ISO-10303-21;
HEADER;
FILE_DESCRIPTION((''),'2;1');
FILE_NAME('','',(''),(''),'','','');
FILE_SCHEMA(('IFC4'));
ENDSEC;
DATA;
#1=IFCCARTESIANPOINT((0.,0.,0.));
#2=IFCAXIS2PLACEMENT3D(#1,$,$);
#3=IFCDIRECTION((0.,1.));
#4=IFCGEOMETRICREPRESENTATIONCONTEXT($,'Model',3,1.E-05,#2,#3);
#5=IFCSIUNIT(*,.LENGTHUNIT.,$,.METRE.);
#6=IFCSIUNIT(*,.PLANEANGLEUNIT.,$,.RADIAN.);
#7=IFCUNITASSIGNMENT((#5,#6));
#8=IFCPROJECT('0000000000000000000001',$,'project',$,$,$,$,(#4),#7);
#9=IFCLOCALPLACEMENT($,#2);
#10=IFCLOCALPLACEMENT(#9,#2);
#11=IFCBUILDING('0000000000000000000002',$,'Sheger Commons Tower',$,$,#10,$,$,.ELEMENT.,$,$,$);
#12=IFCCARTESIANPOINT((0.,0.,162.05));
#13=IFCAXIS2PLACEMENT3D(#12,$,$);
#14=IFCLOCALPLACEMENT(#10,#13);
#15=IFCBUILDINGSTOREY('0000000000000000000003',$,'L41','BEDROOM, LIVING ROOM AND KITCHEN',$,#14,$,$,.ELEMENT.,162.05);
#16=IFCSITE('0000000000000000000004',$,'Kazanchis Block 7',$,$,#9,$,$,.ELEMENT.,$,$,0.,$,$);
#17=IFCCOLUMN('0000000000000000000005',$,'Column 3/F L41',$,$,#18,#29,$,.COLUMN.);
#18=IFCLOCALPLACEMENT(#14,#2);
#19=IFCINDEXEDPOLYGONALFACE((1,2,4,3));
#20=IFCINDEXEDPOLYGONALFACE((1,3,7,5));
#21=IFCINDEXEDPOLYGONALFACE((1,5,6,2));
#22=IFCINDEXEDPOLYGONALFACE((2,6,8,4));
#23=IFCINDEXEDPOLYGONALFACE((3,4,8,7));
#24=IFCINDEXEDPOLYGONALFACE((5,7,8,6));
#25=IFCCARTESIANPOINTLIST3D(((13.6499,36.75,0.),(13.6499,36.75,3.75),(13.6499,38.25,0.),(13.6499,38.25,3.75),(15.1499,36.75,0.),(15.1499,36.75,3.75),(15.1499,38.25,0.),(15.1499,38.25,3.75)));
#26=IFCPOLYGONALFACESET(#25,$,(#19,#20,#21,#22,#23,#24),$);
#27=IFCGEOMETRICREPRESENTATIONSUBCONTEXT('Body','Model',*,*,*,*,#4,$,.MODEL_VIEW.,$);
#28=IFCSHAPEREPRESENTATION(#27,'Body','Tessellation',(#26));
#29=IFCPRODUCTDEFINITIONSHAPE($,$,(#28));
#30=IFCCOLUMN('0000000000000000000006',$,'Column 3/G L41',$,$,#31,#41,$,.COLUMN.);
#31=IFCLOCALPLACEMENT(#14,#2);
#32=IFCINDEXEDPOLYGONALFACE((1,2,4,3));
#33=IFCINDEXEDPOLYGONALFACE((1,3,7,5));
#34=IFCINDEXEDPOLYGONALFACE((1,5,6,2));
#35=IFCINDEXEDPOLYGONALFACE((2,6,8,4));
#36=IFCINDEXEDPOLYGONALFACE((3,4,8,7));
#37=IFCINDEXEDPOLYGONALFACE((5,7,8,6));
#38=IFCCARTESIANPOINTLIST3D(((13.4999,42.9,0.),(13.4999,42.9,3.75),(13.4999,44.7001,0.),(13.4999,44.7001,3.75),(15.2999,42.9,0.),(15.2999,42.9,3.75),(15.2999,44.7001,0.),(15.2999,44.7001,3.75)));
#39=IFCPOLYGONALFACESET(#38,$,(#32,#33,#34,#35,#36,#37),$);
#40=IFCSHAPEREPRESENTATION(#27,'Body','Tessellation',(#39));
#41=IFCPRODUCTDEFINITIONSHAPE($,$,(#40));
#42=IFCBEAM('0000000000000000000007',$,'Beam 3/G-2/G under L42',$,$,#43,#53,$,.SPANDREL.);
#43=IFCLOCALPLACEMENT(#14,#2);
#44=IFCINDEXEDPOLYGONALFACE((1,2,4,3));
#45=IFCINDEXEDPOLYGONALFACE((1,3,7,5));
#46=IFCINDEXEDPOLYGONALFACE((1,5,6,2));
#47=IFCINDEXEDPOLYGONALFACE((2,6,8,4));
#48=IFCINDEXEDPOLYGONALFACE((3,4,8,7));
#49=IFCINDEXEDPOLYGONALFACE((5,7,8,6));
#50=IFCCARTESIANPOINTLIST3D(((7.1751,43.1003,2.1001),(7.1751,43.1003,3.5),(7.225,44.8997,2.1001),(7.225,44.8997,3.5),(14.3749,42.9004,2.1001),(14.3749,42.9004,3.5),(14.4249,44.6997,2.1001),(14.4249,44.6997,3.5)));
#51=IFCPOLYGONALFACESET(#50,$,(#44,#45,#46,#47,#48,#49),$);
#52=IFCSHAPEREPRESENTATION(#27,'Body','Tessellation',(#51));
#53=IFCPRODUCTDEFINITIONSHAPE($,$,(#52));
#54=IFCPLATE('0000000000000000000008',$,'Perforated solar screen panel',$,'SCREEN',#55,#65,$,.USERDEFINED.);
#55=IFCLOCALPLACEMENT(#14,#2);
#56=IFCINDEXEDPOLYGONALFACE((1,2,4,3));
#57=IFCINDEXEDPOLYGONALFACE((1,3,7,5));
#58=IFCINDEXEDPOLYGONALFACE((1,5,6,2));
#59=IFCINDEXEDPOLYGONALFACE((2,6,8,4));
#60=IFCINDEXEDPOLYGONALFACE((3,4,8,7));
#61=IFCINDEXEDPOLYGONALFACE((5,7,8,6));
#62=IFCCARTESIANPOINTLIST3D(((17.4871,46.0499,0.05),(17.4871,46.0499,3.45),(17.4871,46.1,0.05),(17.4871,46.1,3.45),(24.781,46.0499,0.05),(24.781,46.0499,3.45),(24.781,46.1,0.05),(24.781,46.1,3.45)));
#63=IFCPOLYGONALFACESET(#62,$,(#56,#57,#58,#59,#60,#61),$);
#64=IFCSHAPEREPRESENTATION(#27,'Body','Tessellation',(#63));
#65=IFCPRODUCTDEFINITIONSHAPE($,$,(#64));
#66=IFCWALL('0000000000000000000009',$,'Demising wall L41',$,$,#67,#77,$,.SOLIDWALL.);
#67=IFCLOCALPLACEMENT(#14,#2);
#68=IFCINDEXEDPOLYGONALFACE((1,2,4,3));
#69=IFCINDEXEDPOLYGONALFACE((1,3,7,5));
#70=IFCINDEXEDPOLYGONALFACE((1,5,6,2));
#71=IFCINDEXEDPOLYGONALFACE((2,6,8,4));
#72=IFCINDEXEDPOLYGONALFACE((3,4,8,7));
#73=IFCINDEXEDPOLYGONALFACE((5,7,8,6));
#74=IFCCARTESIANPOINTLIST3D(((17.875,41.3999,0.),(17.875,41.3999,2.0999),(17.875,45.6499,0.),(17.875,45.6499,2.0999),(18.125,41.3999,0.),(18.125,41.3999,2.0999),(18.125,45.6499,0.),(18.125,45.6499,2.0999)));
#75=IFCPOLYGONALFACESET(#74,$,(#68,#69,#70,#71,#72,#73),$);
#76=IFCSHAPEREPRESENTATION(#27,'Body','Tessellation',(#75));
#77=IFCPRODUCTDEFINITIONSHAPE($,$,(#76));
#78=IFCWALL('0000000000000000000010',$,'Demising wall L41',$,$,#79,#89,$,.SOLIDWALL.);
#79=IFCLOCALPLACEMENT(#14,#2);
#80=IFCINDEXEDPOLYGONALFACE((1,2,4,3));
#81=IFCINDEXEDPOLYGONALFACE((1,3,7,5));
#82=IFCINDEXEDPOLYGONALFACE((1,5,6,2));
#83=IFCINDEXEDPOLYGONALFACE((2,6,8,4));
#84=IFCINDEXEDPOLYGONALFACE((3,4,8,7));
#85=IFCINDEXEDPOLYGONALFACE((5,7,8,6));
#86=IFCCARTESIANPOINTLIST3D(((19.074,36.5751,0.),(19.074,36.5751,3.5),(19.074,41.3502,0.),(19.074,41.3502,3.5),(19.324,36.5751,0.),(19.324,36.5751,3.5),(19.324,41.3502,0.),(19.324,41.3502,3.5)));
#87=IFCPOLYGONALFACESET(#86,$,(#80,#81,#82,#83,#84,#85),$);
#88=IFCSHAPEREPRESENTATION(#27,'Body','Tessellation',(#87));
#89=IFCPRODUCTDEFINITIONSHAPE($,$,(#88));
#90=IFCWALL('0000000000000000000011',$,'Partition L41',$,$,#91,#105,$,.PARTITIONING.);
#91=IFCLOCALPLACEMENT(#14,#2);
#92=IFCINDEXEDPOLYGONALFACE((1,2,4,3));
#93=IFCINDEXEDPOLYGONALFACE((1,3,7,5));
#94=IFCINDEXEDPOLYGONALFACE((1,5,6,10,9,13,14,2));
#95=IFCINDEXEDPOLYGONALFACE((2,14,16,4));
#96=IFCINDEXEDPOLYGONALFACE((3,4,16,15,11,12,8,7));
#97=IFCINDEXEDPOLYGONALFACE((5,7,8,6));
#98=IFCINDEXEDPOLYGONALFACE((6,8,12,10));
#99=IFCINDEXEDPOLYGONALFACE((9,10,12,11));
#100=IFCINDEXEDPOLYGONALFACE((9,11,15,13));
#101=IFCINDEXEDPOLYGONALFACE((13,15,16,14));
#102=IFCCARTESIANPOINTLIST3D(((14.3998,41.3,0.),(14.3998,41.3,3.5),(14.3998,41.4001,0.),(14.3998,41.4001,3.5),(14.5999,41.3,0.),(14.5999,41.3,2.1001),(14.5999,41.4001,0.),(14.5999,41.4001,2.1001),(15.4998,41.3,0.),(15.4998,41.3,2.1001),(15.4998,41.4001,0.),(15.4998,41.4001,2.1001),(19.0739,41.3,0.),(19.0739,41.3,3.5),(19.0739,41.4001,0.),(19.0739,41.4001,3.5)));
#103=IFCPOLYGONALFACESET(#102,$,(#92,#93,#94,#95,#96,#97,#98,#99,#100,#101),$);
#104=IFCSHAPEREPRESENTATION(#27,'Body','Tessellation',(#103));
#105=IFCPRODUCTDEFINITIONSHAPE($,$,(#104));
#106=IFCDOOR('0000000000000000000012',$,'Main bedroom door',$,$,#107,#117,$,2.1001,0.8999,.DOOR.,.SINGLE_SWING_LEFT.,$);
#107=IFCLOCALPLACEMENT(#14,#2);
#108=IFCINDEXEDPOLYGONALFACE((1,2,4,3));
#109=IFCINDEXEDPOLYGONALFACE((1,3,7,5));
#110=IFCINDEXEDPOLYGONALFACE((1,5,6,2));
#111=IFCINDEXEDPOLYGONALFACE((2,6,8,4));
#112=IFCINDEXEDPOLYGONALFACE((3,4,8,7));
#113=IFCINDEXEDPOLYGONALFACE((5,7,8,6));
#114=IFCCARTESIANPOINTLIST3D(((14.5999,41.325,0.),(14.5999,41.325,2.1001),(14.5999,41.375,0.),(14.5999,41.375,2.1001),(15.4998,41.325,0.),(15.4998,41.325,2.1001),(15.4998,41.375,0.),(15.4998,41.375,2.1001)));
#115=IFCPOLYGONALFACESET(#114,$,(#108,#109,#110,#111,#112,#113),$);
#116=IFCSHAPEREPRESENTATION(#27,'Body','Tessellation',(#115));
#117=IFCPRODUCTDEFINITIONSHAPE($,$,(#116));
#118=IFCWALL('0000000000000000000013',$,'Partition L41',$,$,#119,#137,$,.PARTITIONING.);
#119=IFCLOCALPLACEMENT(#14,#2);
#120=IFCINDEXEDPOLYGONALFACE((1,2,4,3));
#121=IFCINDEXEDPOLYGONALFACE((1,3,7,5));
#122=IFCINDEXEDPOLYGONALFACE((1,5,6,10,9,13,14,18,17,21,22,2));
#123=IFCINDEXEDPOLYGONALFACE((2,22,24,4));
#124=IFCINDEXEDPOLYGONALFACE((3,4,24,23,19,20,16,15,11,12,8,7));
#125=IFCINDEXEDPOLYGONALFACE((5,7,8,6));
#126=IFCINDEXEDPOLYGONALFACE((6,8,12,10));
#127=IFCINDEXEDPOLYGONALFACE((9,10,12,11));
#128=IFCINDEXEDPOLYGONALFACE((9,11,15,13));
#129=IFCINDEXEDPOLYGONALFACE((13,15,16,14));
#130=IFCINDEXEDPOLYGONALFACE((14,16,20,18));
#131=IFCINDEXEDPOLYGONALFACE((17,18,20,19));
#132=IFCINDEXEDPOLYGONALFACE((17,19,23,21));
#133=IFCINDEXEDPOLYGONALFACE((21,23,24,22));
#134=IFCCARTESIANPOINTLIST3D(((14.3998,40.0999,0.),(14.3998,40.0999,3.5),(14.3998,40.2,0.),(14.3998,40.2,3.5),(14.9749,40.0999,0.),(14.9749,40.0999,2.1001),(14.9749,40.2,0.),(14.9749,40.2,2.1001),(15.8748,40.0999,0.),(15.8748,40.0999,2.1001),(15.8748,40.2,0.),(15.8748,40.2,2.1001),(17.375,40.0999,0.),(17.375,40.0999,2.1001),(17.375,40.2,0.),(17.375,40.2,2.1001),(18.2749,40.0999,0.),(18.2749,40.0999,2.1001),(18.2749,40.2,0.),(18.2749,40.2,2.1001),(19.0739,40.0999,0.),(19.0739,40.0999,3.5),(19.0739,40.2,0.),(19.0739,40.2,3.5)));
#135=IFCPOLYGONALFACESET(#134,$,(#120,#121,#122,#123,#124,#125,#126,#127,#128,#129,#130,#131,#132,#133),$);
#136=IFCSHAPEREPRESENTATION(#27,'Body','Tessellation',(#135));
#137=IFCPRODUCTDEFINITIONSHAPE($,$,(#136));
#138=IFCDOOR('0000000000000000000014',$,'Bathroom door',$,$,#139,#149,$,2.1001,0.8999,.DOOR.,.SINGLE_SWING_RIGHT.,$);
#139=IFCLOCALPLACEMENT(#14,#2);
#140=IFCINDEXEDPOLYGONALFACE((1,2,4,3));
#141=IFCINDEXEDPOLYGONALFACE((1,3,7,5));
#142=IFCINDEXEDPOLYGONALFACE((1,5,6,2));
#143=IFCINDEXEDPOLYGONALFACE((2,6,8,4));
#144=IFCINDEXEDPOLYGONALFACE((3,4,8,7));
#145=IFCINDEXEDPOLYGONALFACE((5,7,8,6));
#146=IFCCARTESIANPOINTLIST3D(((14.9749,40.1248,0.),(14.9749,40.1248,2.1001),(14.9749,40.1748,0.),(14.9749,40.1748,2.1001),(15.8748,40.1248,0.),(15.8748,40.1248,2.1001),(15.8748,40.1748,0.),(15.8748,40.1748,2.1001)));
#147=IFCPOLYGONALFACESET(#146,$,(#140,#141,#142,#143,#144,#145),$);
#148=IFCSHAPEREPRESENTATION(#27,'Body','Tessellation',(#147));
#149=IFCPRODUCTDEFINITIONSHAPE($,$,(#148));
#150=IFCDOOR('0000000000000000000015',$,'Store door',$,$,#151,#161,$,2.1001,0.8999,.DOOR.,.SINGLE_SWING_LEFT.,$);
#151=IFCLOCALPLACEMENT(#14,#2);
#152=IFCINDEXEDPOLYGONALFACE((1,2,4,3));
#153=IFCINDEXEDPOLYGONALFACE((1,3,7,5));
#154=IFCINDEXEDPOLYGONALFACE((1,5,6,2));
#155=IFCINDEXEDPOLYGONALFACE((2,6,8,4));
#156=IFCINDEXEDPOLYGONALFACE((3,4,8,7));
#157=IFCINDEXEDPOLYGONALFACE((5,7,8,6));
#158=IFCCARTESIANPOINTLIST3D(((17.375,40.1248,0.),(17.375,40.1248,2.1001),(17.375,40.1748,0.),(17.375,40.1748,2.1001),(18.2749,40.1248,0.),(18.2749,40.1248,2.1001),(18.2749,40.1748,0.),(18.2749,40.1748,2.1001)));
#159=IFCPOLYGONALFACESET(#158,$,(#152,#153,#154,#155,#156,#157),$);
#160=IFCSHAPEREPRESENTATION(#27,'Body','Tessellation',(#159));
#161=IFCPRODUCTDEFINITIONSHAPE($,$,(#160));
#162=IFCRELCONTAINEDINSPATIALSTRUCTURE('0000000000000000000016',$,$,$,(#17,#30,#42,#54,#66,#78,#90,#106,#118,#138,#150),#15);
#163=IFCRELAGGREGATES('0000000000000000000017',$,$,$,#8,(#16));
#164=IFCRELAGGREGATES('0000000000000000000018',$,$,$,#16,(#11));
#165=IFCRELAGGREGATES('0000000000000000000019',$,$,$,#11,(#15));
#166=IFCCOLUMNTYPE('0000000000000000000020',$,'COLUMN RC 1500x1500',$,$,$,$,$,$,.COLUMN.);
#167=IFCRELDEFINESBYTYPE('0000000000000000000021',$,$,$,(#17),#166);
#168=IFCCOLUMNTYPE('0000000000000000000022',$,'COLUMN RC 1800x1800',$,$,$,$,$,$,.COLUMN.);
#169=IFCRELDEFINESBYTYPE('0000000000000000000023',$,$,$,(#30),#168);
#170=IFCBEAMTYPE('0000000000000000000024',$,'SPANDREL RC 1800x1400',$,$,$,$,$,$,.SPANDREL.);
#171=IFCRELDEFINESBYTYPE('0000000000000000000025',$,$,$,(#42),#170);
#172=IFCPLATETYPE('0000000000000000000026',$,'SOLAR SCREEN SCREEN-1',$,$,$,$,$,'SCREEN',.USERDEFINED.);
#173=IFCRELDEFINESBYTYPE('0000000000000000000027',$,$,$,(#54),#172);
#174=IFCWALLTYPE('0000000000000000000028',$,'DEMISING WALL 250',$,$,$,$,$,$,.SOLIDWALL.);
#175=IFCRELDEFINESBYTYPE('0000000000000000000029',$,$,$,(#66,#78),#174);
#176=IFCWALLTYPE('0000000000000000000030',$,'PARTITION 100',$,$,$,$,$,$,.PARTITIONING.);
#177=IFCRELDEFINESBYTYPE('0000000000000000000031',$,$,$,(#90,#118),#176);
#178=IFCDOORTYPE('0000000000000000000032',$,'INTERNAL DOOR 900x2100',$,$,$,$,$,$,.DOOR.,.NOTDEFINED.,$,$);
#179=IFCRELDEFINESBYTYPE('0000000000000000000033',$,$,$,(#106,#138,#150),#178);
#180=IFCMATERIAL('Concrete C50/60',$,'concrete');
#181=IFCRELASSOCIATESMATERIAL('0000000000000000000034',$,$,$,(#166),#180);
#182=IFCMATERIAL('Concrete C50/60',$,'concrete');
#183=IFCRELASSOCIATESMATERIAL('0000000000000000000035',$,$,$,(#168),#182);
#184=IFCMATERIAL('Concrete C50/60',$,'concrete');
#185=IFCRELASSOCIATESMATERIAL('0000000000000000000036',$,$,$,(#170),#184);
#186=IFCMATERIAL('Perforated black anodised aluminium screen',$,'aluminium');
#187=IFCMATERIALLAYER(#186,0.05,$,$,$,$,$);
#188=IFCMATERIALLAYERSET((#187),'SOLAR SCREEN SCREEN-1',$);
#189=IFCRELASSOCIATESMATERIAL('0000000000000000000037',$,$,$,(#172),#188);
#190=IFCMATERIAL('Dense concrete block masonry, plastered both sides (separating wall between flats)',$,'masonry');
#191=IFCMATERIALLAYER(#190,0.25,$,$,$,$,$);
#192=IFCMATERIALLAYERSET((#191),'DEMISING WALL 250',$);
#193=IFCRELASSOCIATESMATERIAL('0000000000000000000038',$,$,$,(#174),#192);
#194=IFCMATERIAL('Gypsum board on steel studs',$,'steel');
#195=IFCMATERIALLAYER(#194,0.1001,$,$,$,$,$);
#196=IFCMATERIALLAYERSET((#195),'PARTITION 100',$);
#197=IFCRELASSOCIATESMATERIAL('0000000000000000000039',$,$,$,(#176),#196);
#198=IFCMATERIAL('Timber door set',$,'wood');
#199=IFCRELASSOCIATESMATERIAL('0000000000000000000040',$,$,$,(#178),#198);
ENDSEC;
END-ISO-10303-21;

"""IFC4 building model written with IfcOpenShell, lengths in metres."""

from ifc_helpers import new_model, si_unit, direction, frame, frame_2d, origin, origin_2d, place, context, subcontext, project, spatial, rectangle, extrude, material, layer, layer_set, material_profile, profile_set, type_object, element, fill, save


model = new_model("IFC4")

# Units and contexts
model_context = context("Model", 3, precision=1e-05, world=origin(), true_north=direction((0.0, 1.0)))
body_context = subcontext(model_context, "Body", "Model", "MODEL_VIEW")
ifc_project = project(units=[si_unit("LENGTHUNIT", "METRE"), si_unit("PLANEANGLEUNIT", "RADIAN")], contexts=[model_context])

# Site, building, storey
site_placement = place(None, origin())
site = spatial("IfcSite", under=ifc_project, at=site_placement, Name="Kazanchis Block 7", CompositionType="ELEMENT", RefElevation=0.0)
building_placement = place(site_placement, origin())
building = spatial("IfcBuilding", under=site, at=building_placement, Name="Sheger Commons Tower", CompositionType="ELEMENT")
storey_placement = place(building_placement, frame((0.0, 0.0, 162.05)))
storey = spatial("IfcBuildingStorey", under=building, at=storey_placement, Name="L41", Description="BEDROOM, LIVING ROOM AND KITCHEN", CompositionType="ELEMENT", Elevation=162.05)

# Columns
ifc_material_1 = material(Name="Concrete C50/60", Category="concrete")
ifc_material_profile_1 = material_profile(ifc_material_1, rectangle(XDim=1.5, YDim=1.5, at=origin_2d()), Name="RC 1500x1500")
ifc_profile_set_1 = profile_set([ifc_material_profile_1], Name="Concrete C50/60")
column_type_1 = type_object("IfcColumnType", Name="COLUMN RC 1500x1500", PredefinedType="COLUMN", material=ifc_profile_set_1)
column_1_placement = place(storey_placement, frame((14.3999, 37.5, 0.0), z_axis=(0.0, 0.0, 1.0), x_axis=(1.0, 0.0, 0.0)))
element("IfcColumn", 1, at=column_1_placement, inside=storey, type_object=column_type_1, Name="Column 3/F L41", PredefinedType="COLUMN", context=body_context, shape_type="SweptSolid", body=[
    extrude(rectangle(XDim=1.5, YDim=1.5, at=origin_2d()), origin(), (0.0, 0.0, 1.0), 3.75),
])
ifc_material_2 = material(Name="Concrete C50/60", Category="concrete")
ifc_material_profile_2 = material_profile(ifc_material_2, rectangle(XDim=1.8, YDim=1.8, at=origin_2d()), Name="RC 1800x1800")
ifc_profile_set_2 = profile_set([ifc_material_profile_2], Name="Concrete C50/60")
column_type_2 = type_object("IfcColumnType", Name="COLUMN RC 1800x1800", PredefinedType="COLUMN", material=ifc_profile_set_2)
column_2_placement = place(storey_placement, frame((14.3999, 43.8, 0.0), z_axis=(0.0, 0.0, 1.0), x_axis=(1.0, 0.0, 0.0)))
element("IfcColumn", 2, at=column_2_placement, inside=storey, type_object=column_type_2, Name="Column 3/G L41", PredefinedType="COLUMN", context=body_context, shape_type="SweptSolid", body=[
    extrude(rectangle(XDim=1.8, YDim=1.8, at=origin_2d()), origin(), (0.0, 0.0, 1.0), 3.75),
])

# Beam
ifc_material_3 = material(Name="Concrete C50/60", Category="concrete")
ifc_material_profile_3 = material_profile(ifc_material_3, rectangle(XDim=1.8, YDim=1.3999, at=origin_2d()), Name="RC 1800x1400")
ifc_profile_set_3 = profile_set([ifc_material_profile_3], Name="Concrete C50/60")
beam_type = type_object("IfcBeamType", Name="SPANDREL RC 1800x1400", PredefinedType="SPANDREL", material=ifc_profile_set_3)
beam_placement = place(storey_placement, frame((14.3999, 43.8, 2.8), z_axis=(-0.999615, 0.02776, 0.0), x_axis=(-0.02776, -0.999615, 0.0)))
element("IfcBeam", 3, at=beam_placement, inside=storey, type_object=beam_type, Name="Beam 3/G-2/G under L42", PredefinedType="SPANDREL", context=body_context, shape_type="SweptSolid", body=[
    extrude(rectangle(XDim=1.8, YDim=1.3999, at=origin_2d()), origin(), (0.0, 0.0, 1.0), 7.2026),
])

# Plate
ifc_material_4 = material(Name="Perforated black anodised aluminium screen", Category="aluminium")
ifc_layer_1 = layer(ifc_material_4, 0.05)
ifc_layer_set_1 = layer_set([ifc_layer_1], Name="SOLAR SCREEN SCREEN-1")
plate_type = type_object("IfcPlateType", Name="SOLAR SCREEN SCREEN-1", ElementType="SCREEN", PredefinedType="USERDEFINED", material=ifc_layer_set_1)
plate_placement = place(storey_placement, frame((21.134, 46.075, 0.05), z_axis=(0.0, 0.0, 1.0), x_axis=(-1.0, 0.0, 0.0)))
element("IfcPlate", 4, at=plate_placement, inside=storey, type_object=plate_type, Name="Perforated solar screen panel", ObjectType="SCREEN", PredefinedType="USERDEFINED", context=body_context, shape_type="SweptSolid", body=[
    extrude(rectangle(XDim=7.2939, YDim=0.05, at=origin_2d()), origin(), (0.0, 0.0, 1.0), 3.3999),
])

# Walls
ifc_material_5 = material(Name="Dense concrete block masonry, plastered both sides (separating wall between flats)", Category="masonry")
ifc_layer_2 = layer(ifc_material_5, 0.25)
ifc_layer_set_2 = layer_set([ifc_layer_2], Name="DEMISING WALL 250")
wall_type_1 = type_object("IfcWallType", Name="DEMISING WALL 250", PredefinedType="SOLIDWALL", material=ifc_layer_set_2)
wall_1_placement = place(storey_placement, frame((18.0, 41.3999, 0.0), z_axis=(0.0, 0.0, 1.0), x_axis=(0.0, 1.0, 0.0)))
element("IfcWall", 5, at=wall_1_placement, inside=storey, type_object=wall_type_1, Name="Demising wall L41", PredefinedType="SOLIDWALL", context=body_context, shape_type="SweptSolid", body=[
    extrude(rectangle(XDim=4.25, YDim=0.25, at=frame_2d((2.125, 0.0))), origin(), (0.0, 0.0, 1.0), 2.0999),
])
wall_2_placement = place(storey_placement, frame((19.199, 36.575, 0.0), z_axis=(0.0, 0.0, 1.0), x_axis=(0.0, 1.0, 0.0)))
element("IfcWall", 6, at=wall_2_placement, inside=storey, type_object=wall_type_1, Name="Demising wall L41", PredefinedType="SOLIDWALL", context=body_context, shape_type="SweptSolid", body=[
    extrude(rectangle(XDim=4.7751, YDim=0.25, at=frame_2d((2.3877, 0.0))), origin(), (0.0, 0.0, 1.0), 3.5),
])

# Wall, opening, door
ifc_material_6 = material(Name="Gypsum board on steel studs", Category="steel")
ifc_layer_3 = layer(ifc_material_6, 0.1001)
ifc_layer_set_3 = layer_set([ifc_layer_3], Name="PARTITION 100")
wall_type_2 = type_object("IfcWallType", Name="PARTITION 100", PredefinedType="PARTITIONING", material=ifc_layer_set_3)
wall_3_placement = place(storey_placement, frame((14.3999, 41.3501, 0.0), z_axis=(0.0, 0.0, 1.0), x_axis=(1.0, 0.0, 0.0)))
wall_3 = element("IfcWall", 7, at=wall_3_placement, inside=storey, type_object=wall_type_2, Name="Partition L41", PredefinedType="PARTITIONING", context=body_context, shape_type="SweptSolid", body=[
    extrude(rectangle(XDim=4.6741, YDim=0.1001, at=frame_2d((2.3369, 0.0))), origin(), (0.0, 0.0, 1.0), 3.5),
])
opening_1_placement = place(wall_3_placement, frame((0.2, 0.0, 0.0)))
opening_1 = element("IfcOpeningElement", 8, at=opening_1_placement, cuts=wall_3, PredefinedType="OPENING", context=body_context, shape_type="SweptSolid", body=[
    extrude(rectangle(XDim=0.8999, YDim=2.1001, at=frame_2d((0.45, 1.05))), frame((0.0, 0.0601, 0.0), z_axis=(0.0, -1.0, 0.0), x_axis=(1.0, 0.0, 0.0)), (0.0, 0.0, 1.0), 0.1201),
])
ifc_material_7 = material(Name="Timber door set", Category="wood")
door_type = type_object("IfcDoorType", Name="INTERNAL DOOR 900x2100", OperationType="NOTDEFINED", PredefinedType="DOOR", material=ifc_material_7)
door_1_placement = place(opening_1_placement, origin())
door_1 = element("IfcDoor", 9, at=door_1_placement, inside=storey, type_object=door_type, Name="Main bedroom door", OperationType="SINGLE_SWING_LEFT", OverallHeight=2.1001, OverallWidth=0.8999, PredefinedType="DOOR", context=body_context, shape_type="SweptSolid", body=[
    extrude(rectangle(XDim=0.8999, YDim=2.1001, at=frame_2d((0.45, 1.05))), frame((0.0, 0.0249, 0.0), z_axis=(0.0, -1.0, 0.0), x_axis=(1.0, 0.0, 0.0)), (0.0, 0.0, 1.0), 0.05),
])
fill(opening_1, door_1)

# Wall, openings, doors
wall_4_placement = place(storey_placement, frame((14.3999, 40.1499, 0.0), z_axis=(0.0, 0.0, 1.0), x_axis=(1.0, 0.0, 0.0)))
wall_4 = element("IfcWall", 10, at=wall_4_placement, inside=storey, type_object=wall_type_2, Name="Partition L41", PredefinedType="PARTITIONING", context=body_context, shape_type="SweptSolid", body=[
    extrude(rectangle(XDim=4.6741, YDim=0.1001, at=frame_2d((2.3369, 0.0))), origin(), (0.0, 0.0, 1.0), 3.5),
])
opening_2_placement = place(wall_4_placement, frame((0.575, 0.0, 0.0)))
opening_2 = element("IfcOpeningElement", 11, at=opening_2_placement, cuts=wall_4, PredefinedType="OPENING", context=body_context, shape_type="SweptSolid", body=[
    extrude(rectangle(XDim=0.8999, YDim=2.1001, at=frame_2d((0.45, 1.05))), frame((0.0, 0.0601, 0.0), z_axis=(0.0, -1.0, 0.0), x_axis=(1.0, 0.0, 0.0)), (0.0, 0.0, 1.0), 0.1201),
])
opening_3_placement = place(wall_4_placement, frame((2.9751, 0.0, 0.0)))
opening_3 = element("IfcOpeningElement", 12, at=opening_3_placement, cuts=wall_4, PredefinedType="OPENING", context=body_context, shape_type="SweptSolid", body=[
    extrude(rectangle(XDim=0.8999, YDim=2.1001, at=frame_2d((0.45, 1.05))), frame((0.0, 0.0601, 0.0), z_axis=(0.0, -1.0, 0.0), x_axis=(1.0, 0.0, 0.0)), (0.0, 0.0, 1.0), 0.1201),
])
door_2_placement = place(opening_2_placement, origin())
door_2 = element("IfcDoor", 13, at=door_2_placement, inside=storey, type_object=door_type, Name="Bathroom door", OperationType="SINGLE_SWING_RIGHT", OverallHeight=2.1001, OverallWidth=0.8999, PredefinedType="DOOR", context=body_context, shape_type="SweptSolid", body=[
    extrude(rectangle(XDim=0.8999, YDim=2.1001, at=frame_2d((0.45, 1.05))), frame((0.0, 0.0249, 0.0), z_axis=(0.0, -1.0, 0.0), x_axis=(1.0, 0.0, 0.0)), (0.0, 0.0, 1.0), 0.05),
])
fill(opening_2, door_2)
door_3_placement = place(opening_3_placement, origin())
door_3 = element("IfcDoor", 14, at=door_3_placement, inside=storey, type_object=door_type, Name="Store door", OperationType="SINGLE_SWING_LEFT", OverallHeight=2.1001, OverallWidth=0.8999, PredefinedType="DOOR", context=body_context, shape_type="SweptSolid", body=[
    extrude(rectangle(XDim=0.8999, YDim=2.1001, at=frame_2d((0.45, 1.05))), frame((0.0, 0.0249, 0.0), z_axis=(0.0, -1.0, 0.0), x_axis=(1.0, 0.0, 0.0)), (0.0, 0.0, 1.0), 0.05),
])
fill(opening_3, door_3)

save(model, "model.ifc")
